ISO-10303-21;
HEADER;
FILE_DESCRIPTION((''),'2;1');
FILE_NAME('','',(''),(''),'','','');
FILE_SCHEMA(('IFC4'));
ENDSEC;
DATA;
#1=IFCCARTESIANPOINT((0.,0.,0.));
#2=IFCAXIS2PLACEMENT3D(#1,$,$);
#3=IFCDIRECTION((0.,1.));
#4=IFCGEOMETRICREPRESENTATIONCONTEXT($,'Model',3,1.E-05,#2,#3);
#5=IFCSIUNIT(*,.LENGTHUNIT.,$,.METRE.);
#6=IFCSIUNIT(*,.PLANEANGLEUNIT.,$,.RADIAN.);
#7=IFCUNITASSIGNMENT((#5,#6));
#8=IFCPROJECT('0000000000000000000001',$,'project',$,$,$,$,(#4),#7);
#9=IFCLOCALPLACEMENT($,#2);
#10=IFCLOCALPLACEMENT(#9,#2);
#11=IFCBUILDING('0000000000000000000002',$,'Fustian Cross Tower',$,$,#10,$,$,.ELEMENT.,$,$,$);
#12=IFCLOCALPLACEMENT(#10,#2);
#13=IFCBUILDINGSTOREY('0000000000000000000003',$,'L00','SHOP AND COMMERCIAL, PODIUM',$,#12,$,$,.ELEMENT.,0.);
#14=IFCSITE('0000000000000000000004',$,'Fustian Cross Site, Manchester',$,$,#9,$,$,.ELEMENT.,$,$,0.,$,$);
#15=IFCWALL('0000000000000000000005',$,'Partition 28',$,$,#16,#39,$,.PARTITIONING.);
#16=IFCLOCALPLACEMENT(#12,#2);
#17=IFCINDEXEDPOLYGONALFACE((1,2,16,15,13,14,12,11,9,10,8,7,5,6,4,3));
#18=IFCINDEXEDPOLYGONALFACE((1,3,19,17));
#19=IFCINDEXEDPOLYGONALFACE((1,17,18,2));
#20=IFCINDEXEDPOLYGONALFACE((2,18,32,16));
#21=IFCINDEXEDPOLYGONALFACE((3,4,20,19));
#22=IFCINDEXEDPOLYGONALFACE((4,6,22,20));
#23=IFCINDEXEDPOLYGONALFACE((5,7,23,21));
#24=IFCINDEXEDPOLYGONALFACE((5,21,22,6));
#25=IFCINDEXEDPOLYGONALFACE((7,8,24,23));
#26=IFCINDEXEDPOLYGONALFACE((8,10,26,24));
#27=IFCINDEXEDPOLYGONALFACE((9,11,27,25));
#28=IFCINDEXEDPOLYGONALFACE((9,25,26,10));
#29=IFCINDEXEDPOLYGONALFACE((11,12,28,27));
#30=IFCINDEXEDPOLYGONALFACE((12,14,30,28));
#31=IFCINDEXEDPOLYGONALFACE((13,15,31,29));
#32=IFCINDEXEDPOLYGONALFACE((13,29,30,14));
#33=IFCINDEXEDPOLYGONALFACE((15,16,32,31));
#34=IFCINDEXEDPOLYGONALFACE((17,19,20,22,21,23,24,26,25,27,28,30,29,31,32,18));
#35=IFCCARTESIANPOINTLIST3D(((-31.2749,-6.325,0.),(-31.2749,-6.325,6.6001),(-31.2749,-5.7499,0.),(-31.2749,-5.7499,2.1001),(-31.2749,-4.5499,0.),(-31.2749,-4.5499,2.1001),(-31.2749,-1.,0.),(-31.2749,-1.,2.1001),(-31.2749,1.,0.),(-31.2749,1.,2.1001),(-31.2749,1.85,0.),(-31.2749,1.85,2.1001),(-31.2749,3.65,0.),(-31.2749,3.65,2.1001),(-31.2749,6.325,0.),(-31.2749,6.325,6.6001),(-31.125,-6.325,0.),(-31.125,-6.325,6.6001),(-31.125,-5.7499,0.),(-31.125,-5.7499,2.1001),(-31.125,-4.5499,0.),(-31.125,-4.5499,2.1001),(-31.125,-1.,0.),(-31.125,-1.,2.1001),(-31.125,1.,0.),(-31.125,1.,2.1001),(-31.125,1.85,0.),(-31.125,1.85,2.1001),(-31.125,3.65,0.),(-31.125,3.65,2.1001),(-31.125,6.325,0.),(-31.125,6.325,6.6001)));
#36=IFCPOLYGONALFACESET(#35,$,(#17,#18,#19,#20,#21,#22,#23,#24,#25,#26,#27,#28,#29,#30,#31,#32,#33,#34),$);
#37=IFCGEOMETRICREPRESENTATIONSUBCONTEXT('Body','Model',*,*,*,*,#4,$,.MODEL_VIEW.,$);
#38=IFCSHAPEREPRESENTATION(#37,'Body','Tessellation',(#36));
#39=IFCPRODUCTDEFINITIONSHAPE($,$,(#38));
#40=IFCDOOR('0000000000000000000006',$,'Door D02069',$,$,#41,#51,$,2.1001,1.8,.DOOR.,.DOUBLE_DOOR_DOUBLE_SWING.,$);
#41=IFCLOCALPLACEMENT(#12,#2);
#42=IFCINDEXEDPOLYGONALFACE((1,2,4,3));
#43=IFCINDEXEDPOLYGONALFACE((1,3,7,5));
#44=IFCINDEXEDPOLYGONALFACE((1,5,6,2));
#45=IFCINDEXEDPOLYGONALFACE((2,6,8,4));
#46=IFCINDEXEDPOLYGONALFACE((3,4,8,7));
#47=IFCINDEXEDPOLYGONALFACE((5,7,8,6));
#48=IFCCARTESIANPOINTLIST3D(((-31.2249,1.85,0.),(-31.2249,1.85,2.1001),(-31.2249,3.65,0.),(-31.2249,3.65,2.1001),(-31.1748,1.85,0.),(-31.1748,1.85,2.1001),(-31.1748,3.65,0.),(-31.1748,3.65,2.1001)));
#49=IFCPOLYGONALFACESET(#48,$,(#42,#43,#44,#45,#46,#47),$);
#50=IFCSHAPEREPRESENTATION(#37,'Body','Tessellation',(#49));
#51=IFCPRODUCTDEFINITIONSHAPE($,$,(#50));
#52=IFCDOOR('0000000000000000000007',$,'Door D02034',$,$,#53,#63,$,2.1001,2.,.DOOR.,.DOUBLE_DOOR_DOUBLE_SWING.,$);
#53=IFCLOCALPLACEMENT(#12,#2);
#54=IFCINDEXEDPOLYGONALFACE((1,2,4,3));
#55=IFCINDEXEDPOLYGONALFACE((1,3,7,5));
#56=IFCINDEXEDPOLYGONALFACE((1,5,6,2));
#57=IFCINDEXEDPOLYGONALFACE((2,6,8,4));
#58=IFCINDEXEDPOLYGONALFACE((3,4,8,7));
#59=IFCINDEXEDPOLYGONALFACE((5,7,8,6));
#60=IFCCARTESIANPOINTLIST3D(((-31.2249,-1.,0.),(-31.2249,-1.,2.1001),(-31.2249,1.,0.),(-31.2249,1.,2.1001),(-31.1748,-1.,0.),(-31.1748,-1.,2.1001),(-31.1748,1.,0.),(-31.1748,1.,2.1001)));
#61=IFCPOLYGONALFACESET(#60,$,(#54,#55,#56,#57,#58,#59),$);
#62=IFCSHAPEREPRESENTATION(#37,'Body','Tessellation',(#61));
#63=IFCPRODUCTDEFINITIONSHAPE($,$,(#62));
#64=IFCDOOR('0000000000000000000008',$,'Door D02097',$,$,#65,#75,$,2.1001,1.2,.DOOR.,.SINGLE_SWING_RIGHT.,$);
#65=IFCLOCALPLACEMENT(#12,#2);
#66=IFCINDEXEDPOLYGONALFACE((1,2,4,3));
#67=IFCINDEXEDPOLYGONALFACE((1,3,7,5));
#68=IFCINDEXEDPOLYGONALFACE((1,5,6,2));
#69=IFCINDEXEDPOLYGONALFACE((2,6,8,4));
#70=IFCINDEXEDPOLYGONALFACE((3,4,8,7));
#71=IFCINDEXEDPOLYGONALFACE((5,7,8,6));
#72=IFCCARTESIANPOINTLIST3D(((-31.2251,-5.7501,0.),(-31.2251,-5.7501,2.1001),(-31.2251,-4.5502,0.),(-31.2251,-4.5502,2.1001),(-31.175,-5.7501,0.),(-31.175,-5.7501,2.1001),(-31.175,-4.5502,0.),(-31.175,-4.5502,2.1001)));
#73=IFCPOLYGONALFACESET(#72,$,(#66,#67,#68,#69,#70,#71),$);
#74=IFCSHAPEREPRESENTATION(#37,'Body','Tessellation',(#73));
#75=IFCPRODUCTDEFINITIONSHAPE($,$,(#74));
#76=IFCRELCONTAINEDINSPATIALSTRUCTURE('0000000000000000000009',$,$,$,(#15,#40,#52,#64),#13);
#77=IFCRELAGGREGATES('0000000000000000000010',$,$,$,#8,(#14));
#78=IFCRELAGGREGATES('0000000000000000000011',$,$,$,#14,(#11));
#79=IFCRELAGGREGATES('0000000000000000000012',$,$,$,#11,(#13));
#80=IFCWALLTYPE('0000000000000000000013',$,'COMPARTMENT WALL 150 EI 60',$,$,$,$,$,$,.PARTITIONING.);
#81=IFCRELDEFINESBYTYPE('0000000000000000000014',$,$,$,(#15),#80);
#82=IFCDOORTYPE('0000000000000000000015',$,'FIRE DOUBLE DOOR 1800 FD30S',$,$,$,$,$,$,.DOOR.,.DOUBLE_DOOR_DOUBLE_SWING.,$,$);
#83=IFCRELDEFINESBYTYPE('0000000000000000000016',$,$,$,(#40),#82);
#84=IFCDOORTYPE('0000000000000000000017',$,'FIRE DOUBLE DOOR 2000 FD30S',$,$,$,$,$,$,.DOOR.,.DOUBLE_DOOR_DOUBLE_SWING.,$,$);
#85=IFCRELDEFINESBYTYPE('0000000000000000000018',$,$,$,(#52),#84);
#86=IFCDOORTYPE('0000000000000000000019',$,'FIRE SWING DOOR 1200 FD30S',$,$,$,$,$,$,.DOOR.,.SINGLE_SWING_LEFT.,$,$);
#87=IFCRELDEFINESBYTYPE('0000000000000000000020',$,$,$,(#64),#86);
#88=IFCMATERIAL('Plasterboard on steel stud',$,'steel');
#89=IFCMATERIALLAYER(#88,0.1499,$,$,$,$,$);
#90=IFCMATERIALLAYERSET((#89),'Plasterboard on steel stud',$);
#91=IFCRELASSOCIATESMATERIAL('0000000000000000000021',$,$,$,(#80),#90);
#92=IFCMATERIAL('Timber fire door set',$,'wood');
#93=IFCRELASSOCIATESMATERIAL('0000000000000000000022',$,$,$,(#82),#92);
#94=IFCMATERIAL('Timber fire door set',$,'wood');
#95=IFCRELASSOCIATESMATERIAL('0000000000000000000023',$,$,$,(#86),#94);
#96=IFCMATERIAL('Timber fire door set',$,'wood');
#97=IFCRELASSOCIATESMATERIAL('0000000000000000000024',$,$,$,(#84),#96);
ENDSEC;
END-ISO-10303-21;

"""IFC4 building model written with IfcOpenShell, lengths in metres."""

from ifc_helpers import new_model, si_unit, direction, frame, frame_2d, origin, place, context, subcontext, project, spatial, rectangle, extrude, material, layer, layer_set, type_object, element, fill, save


model = new_model("IFC4")

# Units and contexts
model_context = context("Model", 3, precision=1e-05, world=origin(), true_north=direction((0.0, 1.0)))
body_context = subcontext(model_context, "Body", "Model", "MODEL_VIEW")
ifc_project = project(units=[si_unit("LENGTHUNIT", "METRE"), si_unit("PLANEANGLEUNIT", "RADIAN")], contexts=[model_context])

# Site, building, storey
site_placement = place(None, origin())
site = spatial("IfcSite", under=ifc_project, at=site_placement, Name="Fustian Cross Site, Manchester", CompositionType="ELEMENT", RefElevation=0.0)
building_placement = place(site_placement, origin())
building = spatial("IfcBuilding", under=site, at=building_placement, Name="Fustian Cross Tower", CompositionType="ELEMENT")
storey_placement = place(building_placement, origin())
storey = spatial("IfcBuildingStorey", under=building, at=storey_placement, Name="L00", Description="SHOP AND COMMERCIAL, PODIUM", CompositionType="ELEMENT", Elevation=0.0)

# Shared definitions
ifc_material_1 = material(Name="Plasterboard on steel stud", Category="steel")
ifc_layer = layer(ifc_material_1, 0.1499)
ifc_layer_set = layer_set([ifc_layer], Name="Plasterboard on steel stud")
wall_type = type_object("IfcWallType", Name="COMPARTMENT WALL 150 EI 60", PredefinedType="PARTITIONING", material=ifc_layer_set)

# Shared definitions
ifc_material_2 = material(Name="Timber fire door set", Category="wood")
door_type_1 = type_object("IfcDoorType", Name="FIRE DOUBLE DOOR 1800 FD30S", OperationType="DOUBLE_DOOR_DOUBLE_SWING", PredefinedType="DOOR", material=ifc_material_2)

# Shared definitions
ifc_material_3 = material(Name="Timber fire door set", Category="wood")
door_type_2 = type_object("IfcDoorType", Name="FIRE SWING DOOR 1200 FD30S", OperationType="SINGLE_SWING_LEFT", PredefinedType="DOOR", material=ifc_material_3)

# Wall, openings, doors
wall_1_placement = place(storey_placement, frame((-31.2, -6.325, 0.0), z_axis=(0.0, 0.0, 1.0), x_axis=(0.0, 1.0, 0.0)))
wall_1 = element("IfcWall", 1, at=wall_1_placement, inside=storey, type_object=wall_type, Name="Partition 28", PredefinedType="PARTITIONING", context=body_context, shape_type="SweptSolid", body=[
    extrude(rectangle(XDim=12.6499, YDim=0.1499, at=frame_2d((6.325, 0.0))), origin(), (0.0, 0.0, 1.0), 6.6001),
])
opening_1_placement = place(wall_1_placement, frame((5.325, 0.0, 0.0)))
opening_1 = element("IfcOpeningElement", 2, at=opening_1_placement, cuts=wall_1, PredefinedType="OPENING", context=body_context, shape_type="SweptSolid", body=[
    extrude(rectangle(XDim=2.0, YDim=2.1001, at=frame_2d((1.0, 1.05))), frame((0.0, 0.085, 0.0), z_axis=(0.0, -1.0, 0.0), x_axis=(1.0, 0.0, 0.0)), (0.0, 0.0, 1.0), 0.1699),
])
opening_2_placement = place(wall_1_placement, frame((8.175, 0.0, 0.0)))
opening_2 = element("IfcOpeningElement", 3, at=opening_2_placement, cuts=wall_1, PredefinedType="OPENING", context=body_context, shape_type="SweptSolid", body=[
    extrude(rectangle(XDim=1.8, YDim=2.1001, at=frame_2d((0.8999, 1.05))), frame((0.0, 0.085, 0.0), z_axis=(0.0, -1.0, 0.0), x_axis=(1.0, 0.0, 0.0)), (0.0, 0.0, 1.0), 0.1699),
])
opening_3_placement = place(wall_1_placement, frame((0.575, 0.0, 0.0)))
opening_3 = element("IfcOpeningElement", 4, at=opening_3_placement, cuts=wall_1, PredefinedType="OPENING", context=body_context, shape_type="SweptSolid", body=[
    extrude(rectangle(XDim=1.2, YDim=2.1001, at=frame_2d((0.6001, 1.05))), frame((0.0, 0.085, 0.0), z_axis=(0.0, -1.0, 0.0), x_axis=(1.0, 0.0, 0.0)), (0.0, 0.0, 1.0), 0.1699),
])
door_1_placement = place(opening_2_placement, origin())
door_1 = element("IfcDoor", 5, at=door_1_placement, inside=storey, type_object=door_type_1, Name="Door D02069", OperationType="DOUBLE_DOOR_DOUBLE_SWING", OverallHeight=2.1001, OverallWidth=1.8, PredefinedType="DOOR", context=body_context, shape_type="SweptSolid", body=[
    extrude(rectangle(XDim=1.8, YDim=2.1001, at=frame_2d((0.8999, 1.05))), frame((0.0, 0.0249, 0.0), z_axis=(0.0, -1.0, 0.0), x_axis=(1.0, 0.0, 0.0)), (0.0, 0.0, 1.0), 0.05),
])
fill(opening_2, door_1)
ifc_material_4 = material(Name="Timber fire door set", Category="wood")
door_type_3 = type_object("IfcDoorType", Name="FIRE DOUBLE DOOR 2000 FD30S", OperationType="DOUBLE_DOOR_DOUBLE_SWING", PredefinedType="DOOR", material=ifc_material_4)
door_2_placement = place(opening_1_placement, origin())
door_2 = element("IfcDoor", 6, at=door_2_placement, inside=storey, type_object=door_type_3, Name="Door D02034", OperationType="DOUBLE_DOOR_DOUBLE_SWING", OverallHeight=2.1001, OverallWidth=2.0, PredefinedType="DOOR", context=body_context, shape_type="SweptSolid", body=[
    extrude(rectangle(XDim=2.0, YDim=2.1001, at=frame_2d((1.0, 1.05))), frame((0.0, 0.0249, 0.0), z_axis=(0.0, -1.0, 0.0), x_axis=(1.0, 0.0, 0.0)), (0.0, 0.0, 1.0), 0.05),
])
fill(opening_1, door_2)
door_3_placement = place(opening_3_placement, frame((1.2, 0.0, 0.0), z_axis=(0.0, 0.0, 1.0), x_axis=(-1.0, 0.0, 0.0)))
door_3 = element("IfcDoor", 7, at=door_3_placement, inside=storey, type_object=door_type_2, Name="Door D02097", OperationType="SINGLE_SWING_RIGHT", OverallHeight=2.1001, OverallWidth=1.2, PredefinedType="DOOR", context=body_context, shape_type="SweptSolid", body=[
    extrude(rectangle(XDim=1.2, YDim=2.1001, at=frame_2d((0.6001, 1.05))), frame((0.0, 0.0249, 0.0), z_axis=(0.0, -1.0, 0.0), x_axis=(1.0, 0.0, 0.0)), (0.0, 0.0, 1.0), 0.05),
])
fill(opening_3, door_3)

save(model, "model.ifc")
